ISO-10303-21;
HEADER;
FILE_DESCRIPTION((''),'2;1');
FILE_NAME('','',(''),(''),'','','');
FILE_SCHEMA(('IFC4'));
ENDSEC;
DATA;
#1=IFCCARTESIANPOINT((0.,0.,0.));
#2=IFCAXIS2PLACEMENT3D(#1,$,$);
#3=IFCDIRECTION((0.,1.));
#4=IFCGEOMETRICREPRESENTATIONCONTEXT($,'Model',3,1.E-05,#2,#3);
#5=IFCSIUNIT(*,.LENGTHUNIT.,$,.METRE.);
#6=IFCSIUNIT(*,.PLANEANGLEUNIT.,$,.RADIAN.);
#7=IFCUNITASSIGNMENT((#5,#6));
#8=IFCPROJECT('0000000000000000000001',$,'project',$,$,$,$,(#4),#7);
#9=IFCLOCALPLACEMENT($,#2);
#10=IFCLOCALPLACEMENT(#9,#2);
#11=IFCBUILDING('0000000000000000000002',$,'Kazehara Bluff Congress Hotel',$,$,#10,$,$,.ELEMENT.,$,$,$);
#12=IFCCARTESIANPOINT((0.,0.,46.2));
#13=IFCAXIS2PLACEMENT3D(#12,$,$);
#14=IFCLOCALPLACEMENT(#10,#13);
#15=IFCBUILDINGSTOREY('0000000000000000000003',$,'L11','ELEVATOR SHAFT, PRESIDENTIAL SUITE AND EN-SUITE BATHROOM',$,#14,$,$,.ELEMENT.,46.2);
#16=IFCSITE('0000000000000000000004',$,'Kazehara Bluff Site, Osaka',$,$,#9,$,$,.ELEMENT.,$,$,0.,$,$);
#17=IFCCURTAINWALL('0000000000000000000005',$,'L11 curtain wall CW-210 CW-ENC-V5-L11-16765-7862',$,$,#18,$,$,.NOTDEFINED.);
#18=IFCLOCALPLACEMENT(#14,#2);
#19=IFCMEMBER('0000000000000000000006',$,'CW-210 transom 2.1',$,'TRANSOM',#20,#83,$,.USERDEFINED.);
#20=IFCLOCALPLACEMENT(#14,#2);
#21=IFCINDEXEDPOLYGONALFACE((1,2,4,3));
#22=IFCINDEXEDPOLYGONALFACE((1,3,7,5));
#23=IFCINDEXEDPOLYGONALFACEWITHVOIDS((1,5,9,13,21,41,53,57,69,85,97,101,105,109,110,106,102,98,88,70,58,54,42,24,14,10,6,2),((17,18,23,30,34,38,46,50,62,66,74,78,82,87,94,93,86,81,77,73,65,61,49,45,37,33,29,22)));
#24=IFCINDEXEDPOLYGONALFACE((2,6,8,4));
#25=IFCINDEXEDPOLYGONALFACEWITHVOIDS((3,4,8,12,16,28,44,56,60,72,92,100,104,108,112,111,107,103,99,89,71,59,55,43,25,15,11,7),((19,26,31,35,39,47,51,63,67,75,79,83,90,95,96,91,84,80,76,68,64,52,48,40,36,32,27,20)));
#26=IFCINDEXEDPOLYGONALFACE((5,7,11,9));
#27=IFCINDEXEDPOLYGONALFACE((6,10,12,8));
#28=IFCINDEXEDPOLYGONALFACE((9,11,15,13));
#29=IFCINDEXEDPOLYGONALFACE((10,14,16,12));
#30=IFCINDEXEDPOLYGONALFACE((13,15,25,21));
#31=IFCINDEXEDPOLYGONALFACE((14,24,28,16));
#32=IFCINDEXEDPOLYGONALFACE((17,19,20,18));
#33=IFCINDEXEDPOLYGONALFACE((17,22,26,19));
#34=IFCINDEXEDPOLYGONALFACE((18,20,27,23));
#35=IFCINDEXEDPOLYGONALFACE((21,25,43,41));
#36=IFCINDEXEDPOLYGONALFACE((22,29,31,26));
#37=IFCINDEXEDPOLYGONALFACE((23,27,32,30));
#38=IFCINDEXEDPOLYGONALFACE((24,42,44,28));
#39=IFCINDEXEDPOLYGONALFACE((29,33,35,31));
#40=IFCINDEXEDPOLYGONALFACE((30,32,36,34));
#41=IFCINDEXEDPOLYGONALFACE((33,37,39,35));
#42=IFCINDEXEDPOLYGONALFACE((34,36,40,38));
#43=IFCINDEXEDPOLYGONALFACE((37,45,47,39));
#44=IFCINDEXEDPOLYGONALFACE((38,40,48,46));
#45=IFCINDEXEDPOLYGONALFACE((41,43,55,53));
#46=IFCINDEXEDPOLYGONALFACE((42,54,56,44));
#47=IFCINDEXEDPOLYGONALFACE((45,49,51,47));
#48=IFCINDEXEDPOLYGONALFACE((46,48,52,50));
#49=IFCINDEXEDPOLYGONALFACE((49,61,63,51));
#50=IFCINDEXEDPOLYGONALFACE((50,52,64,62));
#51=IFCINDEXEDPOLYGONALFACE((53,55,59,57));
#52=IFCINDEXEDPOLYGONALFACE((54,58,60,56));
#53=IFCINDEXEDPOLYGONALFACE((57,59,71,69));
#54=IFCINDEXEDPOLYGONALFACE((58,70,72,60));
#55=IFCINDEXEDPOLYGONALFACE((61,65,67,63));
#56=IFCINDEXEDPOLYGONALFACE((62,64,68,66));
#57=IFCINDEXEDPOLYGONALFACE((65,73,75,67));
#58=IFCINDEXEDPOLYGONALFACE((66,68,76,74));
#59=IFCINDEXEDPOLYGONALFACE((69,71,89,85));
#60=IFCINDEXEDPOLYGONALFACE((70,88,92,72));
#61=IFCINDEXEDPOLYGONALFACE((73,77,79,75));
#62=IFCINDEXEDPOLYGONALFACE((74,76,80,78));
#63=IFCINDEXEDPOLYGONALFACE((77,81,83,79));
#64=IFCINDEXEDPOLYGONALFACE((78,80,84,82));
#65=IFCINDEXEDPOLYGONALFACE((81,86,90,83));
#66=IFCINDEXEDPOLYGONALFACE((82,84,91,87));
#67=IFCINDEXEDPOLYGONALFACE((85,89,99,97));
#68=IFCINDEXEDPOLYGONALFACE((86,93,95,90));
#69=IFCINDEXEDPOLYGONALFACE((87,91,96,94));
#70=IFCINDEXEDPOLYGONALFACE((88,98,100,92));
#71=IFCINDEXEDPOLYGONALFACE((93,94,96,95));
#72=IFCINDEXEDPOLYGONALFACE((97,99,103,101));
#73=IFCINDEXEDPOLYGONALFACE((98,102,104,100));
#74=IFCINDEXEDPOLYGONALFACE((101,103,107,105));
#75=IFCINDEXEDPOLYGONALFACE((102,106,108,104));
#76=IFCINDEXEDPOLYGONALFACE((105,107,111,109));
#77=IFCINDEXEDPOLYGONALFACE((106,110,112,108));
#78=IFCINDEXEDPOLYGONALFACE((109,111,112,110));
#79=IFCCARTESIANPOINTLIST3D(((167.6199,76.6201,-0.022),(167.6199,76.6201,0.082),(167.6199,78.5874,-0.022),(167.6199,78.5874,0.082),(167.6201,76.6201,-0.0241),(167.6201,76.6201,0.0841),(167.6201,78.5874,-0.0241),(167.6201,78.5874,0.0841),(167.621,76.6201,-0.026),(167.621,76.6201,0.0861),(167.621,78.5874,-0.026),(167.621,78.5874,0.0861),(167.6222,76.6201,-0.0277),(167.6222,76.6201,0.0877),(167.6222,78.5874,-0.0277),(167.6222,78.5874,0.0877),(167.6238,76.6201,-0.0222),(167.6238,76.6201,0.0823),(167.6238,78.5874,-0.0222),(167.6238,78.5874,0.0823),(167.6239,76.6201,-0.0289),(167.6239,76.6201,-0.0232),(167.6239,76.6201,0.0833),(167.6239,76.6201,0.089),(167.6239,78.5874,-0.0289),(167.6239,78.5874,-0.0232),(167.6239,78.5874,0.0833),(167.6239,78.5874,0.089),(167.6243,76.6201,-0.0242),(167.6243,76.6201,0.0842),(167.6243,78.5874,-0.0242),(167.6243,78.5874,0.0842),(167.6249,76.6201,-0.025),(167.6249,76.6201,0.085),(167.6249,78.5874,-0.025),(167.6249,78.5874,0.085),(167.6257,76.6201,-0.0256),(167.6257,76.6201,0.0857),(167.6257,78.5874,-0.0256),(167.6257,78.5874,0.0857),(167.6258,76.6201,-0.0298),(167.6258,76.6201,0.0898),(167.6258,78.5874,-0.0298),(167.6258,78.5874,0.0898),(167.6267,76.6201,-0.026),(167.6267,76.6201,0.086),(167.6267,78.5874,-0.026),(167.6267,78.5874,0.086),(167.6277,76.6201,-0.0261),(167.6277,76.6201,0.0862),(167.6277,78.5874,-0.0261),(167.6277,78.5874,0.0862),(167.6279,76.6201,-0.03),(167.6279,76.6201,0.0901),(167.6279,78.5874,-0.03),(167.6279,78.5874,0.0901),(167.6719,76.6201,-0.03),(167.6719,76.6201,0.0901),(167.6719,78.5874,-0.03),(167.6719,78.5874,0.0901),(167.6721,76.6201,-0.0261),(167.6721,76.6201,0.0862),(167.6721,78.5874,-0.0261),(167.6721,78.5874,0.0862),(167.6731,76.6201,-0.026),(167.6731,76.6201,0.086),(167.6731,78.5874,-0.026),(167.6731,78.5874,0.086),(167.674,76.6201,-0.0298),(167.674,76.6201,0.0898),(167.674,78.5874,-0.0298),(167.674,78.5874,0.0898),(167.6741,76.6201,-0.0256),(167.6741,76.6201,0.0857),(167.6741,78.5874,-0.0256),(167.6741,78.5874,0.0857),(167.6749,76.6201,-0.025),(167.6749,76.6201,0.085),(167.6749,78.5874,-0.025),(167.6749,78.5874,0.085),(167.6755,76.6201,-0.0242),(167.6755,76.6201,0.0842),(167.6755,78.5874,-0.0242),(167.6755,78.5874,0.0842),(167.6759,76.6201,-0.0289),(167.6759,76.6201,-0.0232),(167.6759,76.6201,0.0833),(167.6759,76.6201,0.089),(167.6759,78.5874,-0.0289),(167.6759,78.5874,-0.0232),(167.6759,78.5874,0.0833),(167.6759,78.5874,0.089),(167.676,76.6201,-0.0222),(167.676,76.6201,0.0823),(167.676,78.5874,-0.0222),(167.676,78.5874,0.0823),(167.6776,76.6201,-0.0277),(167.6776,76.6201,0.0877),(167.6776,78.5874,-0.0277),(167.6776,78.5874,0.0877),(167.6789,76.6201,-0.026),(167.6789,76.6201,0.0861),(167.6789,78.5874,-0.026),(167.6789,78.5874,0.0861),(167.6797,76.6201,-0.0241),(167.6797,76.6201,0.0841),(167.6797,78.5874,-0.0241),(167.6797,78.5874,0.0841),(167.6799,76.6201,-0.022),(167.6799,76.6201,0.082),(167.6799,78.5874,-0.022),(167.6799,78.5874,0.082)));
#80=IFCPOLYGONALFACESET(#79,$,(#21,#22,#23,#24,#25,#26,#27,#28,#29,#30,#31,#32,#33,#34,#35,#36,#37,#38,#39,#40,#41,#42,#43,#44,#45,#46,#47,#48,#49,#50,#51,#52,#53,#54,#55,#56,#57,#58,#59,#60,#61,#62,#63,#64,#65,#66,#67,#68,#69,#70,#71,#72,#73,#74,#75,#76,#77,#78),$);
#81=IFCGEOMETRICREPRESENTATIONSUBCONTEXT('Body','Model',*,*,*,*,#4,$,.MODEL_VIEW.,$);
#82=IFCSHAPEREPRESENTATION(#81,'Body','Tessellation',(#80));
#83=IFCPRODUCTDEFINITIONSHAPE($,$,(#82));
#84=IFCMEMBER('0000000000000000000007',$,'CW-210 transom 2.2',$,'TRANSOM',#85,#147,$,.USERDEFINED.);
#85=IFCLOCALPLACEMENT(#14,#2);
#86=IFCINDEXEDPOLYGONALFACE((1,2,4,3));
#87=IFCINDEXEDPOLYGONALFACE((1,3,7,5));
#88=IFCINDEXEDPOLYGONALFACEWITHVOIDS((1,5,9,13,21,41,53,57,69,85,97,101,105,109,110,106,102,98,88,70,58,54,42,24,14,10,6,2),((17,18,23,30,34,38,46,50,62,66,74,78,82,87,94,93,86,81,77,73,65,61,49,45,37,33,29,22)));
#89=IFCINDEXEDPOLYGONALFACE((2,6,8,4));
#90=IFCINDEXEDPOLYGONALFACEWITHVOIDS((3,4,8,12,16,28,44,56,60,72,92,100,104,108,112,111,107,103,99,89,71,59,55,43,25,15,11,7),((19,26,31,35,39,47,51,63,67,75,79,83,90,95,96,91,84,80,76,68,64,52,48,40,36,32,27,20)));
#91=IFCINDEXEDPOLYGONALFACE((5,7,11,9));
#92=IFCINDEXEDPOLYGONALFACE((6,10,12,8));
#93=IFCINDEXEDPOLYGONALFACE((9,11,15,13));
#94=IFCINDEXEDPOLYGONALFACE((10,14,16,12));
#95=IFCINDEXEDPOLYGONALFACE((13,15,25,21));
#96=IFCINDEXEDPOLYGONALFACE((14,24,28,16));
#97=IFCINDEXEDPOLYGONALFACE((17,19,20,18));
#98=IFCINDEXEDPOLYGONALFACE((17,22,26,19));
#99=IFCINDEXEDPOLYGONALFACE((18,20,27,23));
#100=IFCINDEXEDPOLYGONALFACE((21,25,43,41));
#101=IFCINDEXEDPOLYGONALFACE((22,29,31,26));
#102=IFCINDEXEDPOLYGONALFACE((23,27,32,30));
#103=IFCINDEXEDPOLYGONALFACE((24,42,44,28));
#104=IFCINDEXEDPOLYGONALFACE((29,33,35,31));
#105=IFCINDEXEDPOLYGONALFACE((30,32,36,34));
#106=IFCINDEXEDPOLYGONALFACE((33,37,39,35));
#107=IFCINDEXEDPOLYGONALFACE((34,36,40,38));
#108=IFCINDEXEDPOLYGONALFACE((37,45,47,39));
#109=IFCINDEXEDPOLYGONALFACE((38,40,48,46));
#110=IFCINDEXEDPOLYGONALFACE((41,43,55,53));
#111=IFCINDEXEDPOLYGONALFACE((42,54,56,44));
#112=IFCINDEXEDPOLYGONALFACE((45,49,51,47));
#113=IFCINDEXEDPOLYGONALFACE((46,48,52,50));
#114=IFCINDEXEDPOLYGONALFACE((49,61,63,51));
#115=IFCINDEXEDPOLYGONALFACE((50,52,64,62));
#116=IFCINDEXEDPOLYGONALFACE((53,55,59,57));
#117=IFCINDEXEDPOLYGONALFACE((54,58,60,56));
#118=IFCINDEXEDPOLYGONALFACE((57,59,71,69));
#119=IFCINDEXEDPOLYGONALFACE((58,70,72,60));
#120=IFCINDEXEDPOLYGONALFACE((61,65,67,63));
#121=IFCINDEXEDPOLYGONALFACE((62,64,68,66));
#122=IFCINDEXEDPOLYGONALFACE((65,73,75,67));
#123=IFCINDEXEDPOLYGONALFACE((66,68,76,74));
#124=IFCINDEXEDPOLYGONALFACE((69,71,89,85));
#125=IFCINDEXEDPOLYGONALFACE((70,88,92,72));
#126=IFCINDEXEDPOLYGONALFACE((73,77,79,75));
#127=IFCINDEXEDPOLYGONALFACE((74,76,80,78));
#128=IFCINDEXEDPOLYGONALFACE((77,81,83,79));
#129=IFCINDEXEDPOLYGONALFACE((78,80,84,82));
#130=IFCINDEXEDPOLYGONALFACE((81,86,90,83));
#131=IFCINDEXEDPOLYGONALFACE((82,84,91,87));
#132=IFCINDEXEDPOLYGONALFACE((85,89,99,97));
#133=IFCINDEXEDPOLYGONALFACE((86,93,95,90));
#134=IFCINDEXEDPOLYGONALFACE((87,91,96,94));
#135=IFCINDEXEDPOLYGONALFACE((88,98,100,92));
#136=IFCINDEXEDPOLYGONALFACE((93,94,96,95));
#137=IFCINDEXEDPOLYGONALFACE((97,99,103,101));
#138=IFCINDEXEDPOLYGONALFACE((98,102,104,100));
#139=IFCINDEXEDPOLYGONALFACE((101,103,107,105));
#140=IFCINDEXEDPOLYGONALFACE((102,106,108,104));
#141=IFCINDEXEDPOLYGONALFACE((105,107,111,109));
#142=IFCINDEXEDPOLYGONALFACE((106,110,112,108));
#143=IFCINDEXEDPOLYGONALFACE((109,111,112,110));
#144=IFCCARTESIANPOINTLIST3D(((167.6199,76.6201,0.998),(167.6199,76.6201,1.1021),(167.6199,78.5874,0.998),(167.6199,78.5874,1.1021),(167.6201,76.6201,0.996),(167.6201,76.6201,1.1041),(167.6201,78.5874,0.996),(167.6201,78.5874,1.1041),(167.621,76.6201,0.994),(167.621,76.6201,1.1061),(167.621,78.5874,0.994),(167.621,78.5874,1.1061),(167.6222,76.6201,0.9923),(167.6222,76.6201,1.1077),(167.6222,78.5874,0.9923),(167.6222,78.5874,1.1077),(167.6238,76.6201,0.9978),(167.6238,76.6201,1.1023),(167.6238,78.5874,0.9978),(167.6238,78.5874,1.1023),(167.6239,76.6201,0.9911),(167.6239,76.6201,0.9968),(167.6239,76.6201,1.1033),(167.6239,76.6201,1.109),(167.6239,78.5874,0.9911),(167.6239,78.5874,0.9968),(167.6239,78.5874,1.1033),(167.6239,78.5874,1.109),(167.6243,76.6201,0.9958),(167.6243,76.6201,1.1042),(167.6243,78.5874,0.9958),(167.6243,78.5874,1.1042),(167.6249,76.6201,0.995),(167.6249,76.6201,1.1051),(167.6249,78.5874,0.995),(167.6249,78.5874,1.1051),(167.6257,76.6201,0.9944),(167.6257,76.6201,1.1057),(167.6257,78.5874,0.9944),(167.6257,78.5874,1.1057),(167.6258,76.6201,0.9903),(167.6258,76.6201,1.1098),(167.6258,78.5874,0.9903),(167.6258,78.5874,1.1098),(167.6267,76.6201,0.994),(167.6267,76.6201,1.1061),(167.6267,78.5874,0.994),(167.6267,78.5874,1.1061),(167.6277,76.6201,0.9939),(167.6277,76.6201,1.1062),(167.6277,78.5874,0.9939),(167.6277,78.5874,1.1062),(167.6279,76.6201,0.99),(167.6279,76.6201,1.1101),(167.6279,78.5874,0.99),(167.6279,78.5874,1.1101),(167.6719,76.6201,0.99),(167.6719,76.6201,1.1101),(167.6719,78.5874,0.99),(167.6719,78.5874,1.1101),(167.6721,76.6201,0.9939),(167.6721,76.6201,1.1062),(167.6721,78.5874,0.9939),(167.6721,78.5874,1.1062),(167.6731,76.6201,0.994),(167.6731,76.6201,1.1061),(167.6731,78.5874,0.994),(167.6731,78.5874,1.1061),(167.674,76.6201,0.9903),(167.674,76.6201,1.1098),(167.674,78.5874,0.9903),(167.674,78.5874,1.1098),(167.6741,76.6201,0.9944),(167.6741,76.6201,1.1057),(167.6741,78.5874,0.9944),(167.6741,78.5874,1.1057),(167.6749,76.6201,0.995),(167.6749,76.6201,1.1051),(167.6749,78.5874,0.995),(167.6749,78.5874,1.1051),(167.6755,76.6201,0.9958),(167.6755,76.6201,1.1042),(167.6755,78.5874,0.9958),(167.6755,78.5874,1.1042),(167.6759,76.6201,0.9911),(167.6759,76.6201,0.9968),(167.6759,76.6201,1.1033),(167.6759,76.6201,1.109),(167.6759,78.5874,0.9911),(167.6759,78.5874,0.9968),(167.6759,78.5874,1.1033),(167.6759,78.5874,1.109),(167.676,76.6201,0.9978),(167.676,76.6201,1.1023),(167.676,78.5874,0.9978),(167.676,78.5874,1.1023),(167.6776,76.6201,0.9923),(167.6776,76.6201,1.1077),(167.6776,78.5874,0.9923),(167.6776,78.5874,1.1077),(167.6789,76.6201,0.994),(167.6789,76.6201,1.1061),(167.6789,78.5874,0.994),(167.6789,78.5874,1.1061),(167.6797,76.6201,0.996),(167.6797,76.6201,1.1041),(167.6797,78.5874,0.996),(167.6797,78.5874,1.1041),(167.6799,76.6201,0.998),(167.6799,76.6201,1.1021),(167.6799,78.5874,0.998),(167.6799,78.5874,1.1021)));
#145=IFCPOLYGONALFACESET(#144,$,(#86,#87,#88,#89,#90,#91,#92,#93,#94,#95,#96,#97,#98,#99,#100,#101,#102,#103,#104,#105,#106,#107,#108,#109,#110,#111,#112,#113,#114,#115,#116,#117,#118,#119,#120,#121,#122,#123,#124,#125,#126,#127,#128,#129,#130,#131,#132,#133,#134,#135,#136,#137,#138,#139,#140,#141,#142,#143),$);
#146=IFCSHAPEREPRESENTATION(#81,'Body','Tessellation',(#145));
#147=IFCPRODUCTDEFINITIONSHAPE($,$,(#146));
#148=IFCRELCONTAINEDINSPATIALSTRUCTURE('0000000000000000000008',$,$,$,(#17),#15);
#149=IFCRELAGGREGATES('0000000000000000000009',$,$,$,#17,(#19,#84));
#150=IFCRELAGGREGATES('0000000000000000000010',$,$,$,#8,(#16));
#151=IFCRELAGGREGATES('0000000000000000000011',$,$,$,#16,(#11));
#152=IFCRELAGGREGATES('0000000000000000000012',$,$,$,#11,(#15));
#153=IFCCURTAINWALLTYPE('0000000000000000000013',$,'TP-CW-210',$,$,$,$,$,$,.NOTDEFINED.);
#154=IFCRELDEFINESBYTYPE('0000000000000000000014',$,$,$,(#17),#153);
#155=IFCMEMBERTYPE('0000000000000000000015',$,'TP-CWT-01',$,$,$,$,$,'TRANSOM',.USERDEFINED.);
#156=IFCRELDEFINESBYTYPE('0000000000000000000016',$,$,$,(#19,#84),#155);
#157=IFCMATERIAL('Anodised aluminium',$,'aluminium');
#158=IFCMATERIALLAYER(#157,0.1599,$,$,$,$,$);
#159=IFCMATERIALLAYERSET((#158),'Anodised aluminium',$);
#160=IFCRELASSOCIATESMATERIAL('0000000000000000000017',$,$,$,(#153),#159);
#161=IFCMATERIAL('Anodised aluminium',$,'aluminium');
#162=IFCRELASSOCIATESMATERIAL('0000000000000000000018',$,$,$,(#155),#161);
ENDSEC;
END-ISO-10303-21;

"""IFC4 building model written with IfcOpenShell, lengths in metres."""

from ifc_helpers import new_model, si_unit, direction, frame, origin, origin_2d, place, context, subcontext, project, spatial, hollow_rectangle, extrude, material, layer, layer_set, material_profile, profile_set, type_object, element, aggregate, save


model = new_model("IFC4")

# Units and contexts
model_context = context("Model", 3, precision=1e-05, world=origin(), true_north=direction((0.0, 1.0)))
body_context = subcontext(model_context, "Body", "Model", "MODEL_VIEW")
ifc_project = project(units=[si_unit("LENGTHUNIT", "METRE"), si_unit("PLANEANGLEUNIT", "RADIAN")], contexts=[model_context])

# Site, building, storey
site_placement = place(None, origin())
site = spatial("IfcSite", under=ifc_project, at=site_placement, Name="Kazehara Bluff Site, Osaka", CompositionType="ELEMENT", RefElevation=0.0)
building_placement = place(site_placement, origin())
building = spatial("IfcBuilding", under=site, at=building_placement, Name="Kazehara Bluff Congress Hotel", CompositionType="ELEMENT")
storey_placement = place(building_placement, frame((0.0, 0.0, 46.2)))
storey = spatial("IfcBuildingStorey", under=building, at=storey_placement, Name="L11", Description="ELEVATOR SHAFT, PRESIDENTIAL SUITE AND EN-SUITE BATHROOM", CompositionType="ELEMENT", Elevation=46.2)

# Curtain wall
ifc_material_1 = material(Name="Anodised aluminium", Category="aluminium")
ifc_layer_1 = layer(ifc_material_1, 0.1599)
ifc_layer_set_1 = layer_set([ifc_layer_1], Name="Anodised aluminium")
curtain_wall_type_1 = type_object("IfcCurtainWallType", Name="TP-CW-210", PredefinedType="NOTDEFINED", material=ifc_layer_set_1)
curtain_wall_1_placement = place(storey_placement, origin())
curtain_wall_1 = element("IfcCurtainWall", 1, at=curtain_wall_1_placement, inside=storey, type_object=curtain_wall_type_1, Name="L11 curtain wall CW-210 CW-ENC-V5-L11-16765-7862", PredefinedType="NOTDEFINED")

# Members
ifc_material_2 = material(Name="Anodised aluminium", Category="aluminium")
ifc_material_profile_1 = material_profile(ifc_material_2, hollow_rectangle(XDim=0.0601, YDim=0.1201, WallThickness=0.0039, InnerFilletRadius=0.0039, OuterFilletRadius=0.0081, at=origin_2d()))
ifc_profile_set_1 = profile_set([ifc_material_profile_1], Name="Anodised aluminium")
member_type_1 = type_object("IfcMemberType", Name="TP-CWT-01", ElementType="TRANSOM", PredefinedType="USERDEFINED", material=ifc_profile_set_1)
member_1_placement = place(storey_placement, frame((167.6499, 78.5874, 0.03), z_axis=(0.0, -1.0, 0.0), x_axis=(1.0, 0.0, 0.0)))
member_1 = element("IfcMember", 2, at=member_1_placement, type_object=member_type_1, Name="CW-210 transom 2.1", ObjectType="TRANSOM", PredefinedType="USERDEFINED", context=body_context, shape_type="SweptSolid", body=[
    extrude(hollow_rectangle(XDim=0.0601, YDim=0.1201, WallThickness=0.0039, InnerFilletRadius=0.0039, OuterFilletRadius=0.0081, at=origin_2d()), origin(), (0.0, 0.0, 1.0), 1.9673),
])
member_2_placement = place(storey_placement, frame((167.6499, 78.5874, 1.05), z_axis=(0.0, -1.0, 0.0), x_axis=(1.0, 0.0, 0.0)))
member_2 = element("IfcMember", 3, at=member_2_placement, type_object=member_type_1, Name="CW-210 transom 2.2", ObjectType="TRANSOM", PredefinedType="USERDEFINED", context=body_context, shape_type="SweptSolid", body=[
    extrude(hollow_rectangle(XDim=0.0601, YDim=0.1201, WallThickness=0.0039, InnerFilletRadius=0.0039, OuterFilletRadius=0.0081, at=origin_2d()), origin(), (0.0, 0.0, 1.0), 1.9673),
])

aggregate(curtain_wall_1, [member_1, member_2])

save(model, "model.ifc")
